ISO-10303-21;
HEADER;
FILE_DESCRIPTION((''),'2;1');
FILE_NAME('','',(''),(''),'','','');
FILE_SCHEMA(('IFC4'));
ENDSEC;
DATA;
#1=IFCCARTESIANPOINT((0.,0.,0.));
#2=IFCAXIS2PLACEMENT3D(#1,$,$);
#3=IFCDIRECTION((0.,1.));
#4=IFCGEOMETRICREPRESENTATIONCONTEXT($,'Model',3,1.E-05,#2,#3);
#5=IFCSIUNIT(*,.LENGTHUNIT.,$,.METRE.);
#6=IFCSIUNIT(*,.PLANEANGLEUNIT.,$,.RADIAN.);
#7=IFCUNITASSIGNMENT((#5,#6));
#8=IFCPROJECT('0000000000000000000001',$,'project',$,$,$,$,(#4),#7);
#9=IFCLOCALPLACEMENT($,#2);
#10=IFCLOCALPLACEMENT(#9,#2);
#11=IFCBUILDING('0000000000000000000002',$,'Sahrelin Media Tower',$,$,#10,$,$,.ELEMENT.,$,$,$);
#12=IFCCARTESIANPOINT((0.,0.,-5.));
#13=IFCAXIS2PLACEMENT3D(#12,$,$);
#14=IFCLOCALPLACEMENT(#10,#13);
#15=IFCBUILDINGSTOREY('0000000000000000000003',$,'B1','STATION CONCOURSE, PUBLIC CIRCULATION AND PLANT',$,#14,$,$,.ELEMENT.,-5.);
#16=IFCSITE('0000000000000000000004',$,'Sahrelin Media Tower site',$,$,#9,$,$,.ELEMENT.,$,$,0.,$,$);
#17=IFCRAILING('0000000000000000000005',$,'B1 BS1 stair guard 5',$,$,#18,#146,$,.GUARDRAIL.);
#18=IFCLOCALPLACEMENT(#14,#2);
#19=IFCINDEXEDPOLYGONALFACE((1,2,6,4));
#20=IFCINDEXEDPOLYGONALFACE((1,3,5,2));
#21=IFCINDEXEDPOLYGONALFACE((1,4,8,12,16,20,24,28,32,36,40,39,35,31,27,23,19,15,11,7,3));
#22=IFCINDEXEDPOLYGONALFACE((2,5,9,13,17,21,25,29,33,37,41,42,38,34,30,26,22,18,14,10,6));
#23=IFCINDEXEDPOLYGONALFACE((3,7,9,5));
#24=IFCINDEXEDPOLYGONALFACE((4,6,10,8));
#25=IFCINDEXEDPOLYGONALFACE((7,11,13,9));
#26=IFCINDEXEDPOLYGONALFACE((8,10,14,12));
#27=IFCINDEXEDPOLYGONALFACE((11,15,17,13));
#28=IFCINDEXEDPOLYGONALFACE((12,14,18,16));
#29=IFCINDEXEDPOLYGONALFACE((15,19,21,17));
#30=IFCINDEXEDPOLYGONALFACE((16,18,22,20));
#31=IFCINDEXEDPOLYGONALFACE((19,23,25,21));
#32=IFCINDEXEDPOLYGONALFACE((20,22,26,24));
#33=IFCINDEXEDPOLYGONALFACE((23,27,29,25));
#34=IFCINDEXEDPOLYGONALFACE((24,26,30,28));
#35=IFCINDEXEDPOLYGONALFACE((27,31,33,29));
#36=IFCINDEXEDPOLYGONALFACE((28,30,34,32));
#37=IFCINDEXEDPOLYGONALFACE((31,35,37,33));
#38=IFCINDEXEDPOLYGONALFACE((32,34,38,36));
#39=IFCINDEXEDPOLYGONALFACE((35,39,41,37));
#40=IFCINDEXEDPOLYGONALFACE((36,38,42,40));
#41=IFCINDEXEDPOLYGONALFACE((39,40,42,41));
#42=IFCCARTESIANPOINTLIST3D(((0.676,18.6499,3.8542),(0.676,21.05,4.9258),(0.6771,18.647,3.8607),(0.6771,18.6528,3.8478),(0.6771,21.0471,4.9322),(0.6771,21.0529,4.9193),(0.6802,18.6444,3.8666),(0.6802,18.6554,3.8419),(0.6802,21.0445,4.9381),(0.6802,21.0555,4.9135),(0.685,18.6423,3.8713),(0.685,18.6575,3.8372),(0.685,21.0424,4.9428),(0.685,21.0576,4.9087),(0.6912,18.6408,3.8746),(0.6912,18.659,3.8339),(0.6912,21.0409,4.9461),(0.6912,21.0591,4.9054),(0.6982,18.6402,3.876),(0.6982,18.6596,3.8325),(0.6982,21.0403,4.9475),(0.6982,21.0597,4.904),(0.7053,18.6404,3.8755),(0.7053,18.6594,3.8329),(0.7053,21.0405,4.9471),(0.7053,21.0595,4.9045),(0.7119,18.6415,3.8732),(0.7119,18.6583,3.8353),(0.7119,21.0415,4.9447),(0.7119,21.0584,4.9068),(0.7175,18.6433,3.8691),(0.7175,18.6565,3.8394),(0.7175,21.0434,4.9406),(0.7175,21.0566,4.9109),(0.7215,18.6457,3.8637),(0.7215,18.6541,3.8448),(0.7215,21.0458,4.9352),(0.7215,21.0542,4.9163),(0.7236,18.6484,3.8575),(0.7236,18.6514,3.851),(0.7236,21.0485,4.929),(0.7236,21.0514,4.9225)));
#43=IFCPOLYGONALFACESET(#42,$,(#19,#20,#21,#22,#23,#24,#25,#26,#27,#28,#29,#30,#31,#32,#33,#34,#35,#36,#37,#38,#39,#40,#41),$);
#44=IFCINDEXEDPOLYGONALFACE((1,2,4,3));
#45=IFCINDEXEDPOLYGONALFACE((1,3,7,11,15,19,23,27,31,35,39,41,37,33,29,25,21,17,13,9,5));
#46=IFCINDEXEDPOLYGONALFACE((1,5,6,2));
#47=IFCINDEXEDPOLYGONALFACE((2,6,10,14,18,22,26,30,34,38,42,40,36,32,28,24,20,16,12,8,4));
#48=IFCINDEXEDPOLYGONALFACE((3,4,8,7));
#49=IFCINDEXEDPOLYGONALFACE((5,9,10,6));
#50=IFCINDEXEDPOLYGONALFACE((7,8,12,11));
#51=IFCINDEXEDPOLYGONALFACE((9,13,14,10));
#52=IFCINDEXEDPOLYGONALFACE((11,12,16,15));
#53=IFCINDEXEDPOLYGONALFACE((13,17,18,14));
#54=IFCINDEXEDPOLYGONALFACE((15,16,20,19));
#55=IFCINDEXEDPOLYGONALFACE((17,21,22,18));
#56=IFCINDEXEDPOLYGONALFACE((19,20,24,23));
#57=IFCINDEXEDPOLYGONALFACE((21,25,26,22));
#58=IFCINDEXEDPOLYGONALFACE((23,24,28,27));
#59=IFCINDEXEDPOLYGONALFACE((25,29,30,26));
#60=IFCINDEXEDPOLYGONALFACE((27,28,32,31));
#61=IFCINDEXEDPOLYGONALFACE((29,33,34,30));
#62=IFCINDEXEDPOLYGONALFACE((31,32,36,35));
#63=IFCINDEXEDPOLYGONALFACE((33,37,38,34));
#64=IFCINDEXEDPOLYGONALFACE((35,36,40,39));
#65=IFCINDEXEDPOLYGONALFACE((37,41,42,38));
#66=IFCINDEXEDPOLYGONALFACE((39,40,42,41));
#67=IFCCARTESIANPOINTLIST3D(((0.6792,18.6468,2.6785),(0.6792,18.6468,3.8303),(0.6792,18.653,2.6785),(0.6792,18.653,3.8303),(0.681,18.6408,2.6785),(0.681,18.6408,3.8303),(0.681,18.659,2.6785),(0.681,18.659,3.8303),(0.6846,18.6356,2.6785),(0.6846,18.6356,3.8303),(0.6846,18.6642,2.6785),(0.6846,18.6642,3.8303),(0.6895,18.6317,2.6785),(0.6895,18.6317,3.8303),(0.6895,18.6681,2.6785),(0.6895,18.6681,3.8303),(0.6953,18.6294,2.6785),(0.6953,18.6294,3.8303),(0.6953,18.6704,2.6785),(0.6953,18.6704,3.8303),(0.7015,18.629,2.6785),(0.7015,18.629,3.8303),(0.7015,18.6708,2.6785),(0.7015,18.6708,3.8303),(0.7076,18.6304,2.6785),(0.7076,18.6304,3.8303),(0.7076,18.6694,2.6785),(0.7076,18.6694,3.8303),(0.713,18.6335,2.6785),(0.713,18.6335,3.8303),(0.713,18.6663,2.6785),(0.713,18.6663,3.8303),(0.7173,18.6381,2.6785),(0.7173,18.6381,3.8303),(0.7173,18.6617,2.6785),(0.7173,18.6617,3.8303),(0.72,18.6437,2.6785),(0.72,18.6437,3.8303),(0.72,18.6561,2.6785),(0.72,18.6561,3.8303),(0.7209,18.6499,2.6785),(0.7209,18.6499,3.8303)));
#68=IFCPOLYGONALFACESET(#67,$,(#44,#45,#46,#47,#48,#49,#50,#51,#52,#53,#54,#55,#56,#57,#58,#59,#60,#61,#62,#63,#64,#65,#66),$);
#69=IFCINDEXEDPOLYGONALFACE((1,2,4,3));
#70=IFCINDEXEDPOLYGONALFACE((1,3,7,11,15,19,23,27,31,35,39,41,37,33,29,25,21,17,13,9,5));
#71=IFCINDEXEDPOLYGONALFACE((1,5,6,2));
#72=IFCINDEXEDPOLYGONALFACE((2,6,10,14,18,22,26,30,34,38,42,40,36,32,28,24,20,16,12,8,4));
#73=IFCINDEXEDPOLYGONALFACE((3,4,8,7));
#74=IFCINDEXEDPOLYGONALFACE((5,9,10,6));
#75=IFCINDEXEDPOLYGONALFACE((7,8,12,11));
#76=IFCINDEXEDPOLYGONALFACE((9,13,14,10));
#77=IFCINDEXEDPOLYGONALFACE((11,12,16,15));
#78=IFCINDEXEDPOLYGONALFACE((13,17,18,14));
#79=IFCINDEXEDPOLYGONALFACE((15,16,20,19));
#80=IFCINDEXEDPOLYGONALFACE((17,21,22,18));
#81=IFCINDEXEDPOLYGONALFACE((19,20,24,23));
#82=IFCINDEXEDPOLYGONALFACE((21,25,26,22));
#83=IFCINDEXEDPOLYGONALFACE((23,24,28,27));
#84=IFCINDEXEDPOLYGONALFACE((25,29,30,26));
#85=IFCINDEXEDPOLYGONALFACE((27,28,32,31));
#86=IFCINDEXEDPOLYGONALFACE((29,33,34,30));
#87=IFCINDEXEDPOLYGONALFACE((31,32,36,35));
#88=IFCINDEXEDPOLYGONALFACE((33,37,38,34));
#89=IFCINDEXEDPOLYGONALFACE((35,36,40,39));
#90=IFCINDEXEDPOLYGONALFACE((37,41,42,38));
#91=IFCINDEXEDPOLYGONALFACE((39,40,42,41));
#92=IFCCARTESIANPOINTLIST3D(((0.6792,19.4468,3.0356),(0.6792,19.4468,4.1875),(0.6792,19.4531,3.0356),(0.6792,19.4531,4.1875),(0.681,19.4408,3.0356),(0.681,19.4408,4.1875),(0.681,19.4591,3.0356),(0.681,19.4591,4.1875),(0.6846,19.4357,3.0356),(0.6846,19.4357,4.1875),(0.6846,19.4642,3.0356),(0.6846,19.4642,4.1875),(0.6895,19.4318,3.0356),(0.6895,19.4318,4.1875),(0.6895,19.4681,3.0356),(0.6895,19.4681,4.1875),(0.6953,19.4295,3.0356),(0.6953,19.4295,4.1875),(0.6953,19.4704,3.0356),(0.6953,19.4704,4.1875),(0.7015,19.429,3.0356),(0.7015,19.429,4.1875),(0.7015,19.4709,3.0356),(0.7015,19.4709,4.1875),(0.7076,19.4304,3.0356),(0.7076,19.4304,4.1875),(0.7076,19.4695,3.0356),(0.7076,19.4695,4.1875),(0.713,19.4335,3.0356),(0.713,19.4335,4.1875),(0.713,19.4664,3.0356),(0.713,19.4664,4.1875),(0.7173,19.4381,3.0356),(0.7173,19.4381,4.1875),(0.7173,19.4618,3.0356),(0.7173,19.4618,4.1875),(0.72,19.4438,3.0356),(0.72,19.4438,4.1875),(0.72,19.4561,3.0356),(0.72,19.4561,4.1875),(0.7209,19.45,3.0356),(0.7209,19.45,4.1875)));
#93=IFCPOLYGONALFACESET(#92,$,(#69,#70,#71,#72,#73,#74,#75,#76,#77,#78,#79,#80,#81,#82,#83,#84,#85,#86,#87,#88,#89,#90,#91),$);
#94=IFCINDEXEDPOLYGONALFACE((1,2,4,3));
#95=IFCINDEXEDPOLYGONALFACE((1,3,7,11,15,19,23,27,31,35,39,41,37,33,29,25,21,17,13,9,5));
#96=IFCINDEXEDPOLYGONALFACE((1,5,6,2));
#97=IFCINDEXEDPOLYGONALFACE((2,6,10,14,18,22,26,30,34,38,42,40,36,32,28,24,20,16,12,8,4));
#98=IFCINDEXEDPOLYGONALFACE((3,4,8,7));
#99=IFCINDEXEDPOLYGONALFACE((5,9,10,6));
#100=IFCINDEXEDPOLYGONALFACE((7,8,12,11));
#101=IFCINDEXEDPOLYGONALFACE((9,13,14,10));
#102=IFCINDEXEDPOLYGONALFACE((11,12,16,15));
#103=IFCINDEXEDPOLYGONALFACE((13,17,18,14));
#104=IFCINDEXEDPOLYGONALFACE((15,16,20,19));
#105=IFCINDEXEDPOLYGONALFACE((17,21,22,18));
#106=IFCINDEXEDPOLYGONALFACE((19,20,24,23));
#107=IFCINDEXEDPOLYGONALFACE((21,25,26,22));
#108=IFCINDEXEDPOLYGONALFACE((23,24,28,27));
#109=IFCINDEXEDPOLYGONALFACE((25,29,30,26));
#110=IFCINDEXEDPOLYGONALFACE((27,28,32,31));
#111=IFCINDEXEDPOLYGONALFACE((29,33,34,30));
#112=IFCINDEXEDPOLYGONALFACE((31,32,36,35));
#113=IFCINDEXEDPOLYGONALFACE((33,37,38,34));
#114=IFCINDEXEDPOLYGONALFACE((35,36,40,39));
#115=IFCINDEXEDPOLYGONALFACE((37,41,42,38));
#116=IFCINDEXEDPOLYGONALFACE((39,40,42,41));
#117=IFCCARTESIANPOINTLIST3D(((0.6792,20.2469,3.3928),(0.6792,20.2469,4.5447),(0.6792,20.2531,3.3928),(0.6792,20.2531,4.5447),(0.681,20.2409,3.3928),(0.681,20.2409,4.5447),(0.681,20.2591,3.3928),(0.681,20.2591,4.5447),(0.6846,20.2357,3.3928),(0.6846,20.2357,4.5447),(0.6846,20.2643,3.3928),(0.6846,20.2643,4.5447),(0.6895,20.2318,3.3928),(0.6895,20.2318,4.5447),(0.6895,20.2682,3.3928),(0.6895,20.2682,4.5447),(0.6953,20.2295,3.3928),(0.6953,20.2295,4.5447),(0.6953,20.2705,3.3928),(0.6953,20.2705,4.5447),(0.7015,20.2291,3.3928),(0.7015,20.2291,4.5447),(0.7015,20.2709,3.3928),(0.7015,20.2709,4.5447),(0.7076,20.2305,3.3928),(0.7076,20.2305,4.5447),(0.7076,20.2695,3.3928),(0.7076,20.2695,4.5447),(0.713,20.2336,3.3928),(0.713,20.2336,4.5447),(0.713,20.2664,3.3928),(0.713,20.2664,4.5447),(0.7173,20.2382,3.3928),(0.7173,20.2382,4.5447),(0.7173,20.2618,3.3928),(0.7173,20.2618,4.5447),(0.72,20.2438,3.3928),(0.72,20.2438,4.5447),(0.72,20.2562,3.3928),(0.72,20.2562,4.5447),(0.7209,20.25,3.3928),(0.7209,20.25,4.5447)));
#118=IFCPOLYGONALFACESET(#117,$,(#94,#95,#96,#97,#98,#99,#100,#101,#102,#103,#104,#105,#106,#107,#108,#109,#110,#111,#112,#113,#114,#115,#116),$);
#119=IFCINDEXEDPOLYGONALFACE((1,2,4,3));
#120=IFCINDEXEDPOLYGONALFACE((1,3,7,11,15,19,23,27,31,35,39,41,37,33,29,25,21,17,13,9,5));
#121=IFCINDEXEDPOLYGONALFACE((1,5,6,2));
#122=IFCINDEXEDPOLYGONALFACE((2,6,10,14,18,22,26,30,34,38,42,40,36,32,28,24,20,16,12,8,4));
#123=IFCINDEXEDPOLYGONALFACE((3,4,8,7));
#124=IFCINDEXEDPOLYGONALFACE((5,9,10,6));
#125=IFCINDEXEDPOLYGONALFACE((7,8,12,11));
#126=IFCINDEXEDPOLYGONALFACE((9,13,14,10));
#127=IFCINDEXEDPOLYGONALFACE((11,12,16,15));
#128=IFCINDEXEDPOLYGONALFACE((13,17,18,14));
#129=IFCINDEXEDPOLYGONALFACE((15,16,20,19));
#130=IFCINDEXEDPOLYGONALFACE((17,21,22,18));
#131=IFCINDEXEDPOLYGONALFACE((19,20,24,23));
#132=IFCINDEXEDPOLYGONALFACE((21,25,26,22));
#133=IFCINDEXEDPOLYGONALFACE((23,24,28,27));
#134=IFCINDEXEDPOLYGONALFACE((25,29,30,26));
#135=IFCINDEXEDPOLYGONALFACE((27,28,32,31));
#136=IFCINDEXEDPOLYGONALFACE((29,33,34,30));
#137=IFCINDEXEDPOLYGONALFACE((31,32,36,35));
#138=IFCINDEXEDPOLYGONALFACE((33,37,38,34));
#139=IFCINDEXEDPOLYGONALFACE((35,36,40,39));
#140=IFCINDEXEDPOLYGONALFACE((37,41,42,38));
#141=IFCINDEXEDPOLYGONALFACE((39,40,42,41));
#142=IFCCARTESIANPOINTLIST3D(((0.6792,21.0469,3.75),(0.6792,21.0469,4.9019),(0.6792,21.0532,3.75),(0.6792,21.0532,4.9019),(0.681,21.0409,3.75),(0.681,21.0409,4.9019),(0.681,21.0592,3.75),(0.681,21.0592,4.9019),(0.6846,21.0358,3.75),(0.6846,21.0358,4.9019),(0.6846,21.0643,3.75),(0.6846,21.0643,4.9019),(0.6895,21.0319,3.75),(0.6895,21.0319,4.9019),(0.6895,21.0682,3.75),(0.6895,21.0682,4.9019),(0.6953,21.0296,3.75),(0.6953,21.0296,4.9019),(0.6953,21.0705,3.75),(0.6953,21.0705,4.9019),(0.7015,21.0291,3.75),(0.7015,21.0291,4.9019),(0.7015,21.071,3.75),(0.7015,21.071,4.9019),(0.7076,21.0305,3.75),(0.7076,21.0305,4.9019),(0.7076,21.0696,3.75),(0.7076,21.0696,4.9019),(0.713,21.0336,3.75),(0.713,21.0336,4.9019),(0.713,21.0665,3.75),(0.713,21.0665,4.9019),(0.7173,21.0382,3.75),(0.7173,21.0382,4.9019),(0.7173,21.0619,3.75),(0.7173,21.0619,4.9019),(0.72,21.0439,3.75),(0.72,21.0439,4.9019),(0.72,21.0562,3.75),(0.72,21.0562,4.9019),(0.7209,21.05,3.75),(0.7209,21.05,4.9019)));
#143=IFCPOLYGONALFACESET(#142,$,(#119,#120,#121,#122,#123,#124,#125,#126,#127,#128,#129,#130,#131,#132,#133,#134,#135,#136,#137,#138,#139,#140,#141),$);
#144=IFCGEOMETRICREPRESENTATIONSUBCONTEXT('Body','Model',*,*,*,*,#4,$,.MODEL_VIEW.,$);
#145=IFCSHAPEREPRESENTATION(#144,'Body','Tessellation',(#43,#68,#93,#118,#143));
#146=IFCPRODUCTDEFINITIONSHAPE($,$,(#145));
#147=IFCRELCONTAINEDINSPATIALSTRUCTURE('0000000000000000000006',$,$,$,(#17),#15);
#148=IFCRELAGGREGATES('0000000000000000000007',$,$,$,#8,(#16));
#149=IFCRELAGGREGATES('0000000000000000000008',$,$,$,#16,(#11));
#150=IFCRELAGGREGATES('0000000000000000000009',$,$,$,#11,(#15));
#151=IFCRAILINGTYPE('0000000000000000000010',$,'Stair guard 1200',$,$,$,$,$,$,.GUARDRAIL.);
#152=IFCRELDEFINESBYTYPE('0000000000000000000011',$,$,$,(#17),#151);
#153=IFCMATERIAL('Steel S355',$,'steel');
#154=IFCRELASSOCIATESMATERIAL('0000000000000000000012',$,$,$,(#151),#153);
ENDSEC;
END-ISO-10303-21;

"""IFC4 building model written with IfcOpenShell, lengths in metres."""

from ifc_helpers import new_model, si_unit, direction, frame, origin, origin_2d, place, context, subcontext, project, spatial, circle, extrude, material, type_object, element, save


model = new_model("IFC4")

# Units and contexts
model_context = context("Model", 3, precision=1e-05, world=origin(), true_north=direction((0.0, 1.0)))
body_context = subcontext(model_context, "Body", "Model", "MODEL_VIEW")
ifc_project = project(units=[si_unit("LENGTHUNIT", "METRE"), si_unit("PLANEANGLEUNIT", "RADIAN")], contexts=[model_context])

# Site, building, storey
site_placement = place(None, origin())
site = spatial("IfcSite", under=ifc_project, at=site_placement, Name="Sahrelin Media Tower site", CompositionType="ELEMENT", RefElevation=0.0)
building_placement = place(site_placement, origin())
building = spatial("IfcBuilding", under=site, at=building_placement, Name="Sahrelin Media Tower", CompositionType="ELEMENT")
storey_placement = place(building_placement, frame((0.0, 0.0, -5.0)))
storey = spatial("IfcBuildingStorey", under=building, at=storey_placement, Name="B1", Description="STATION CONCOURSE, PUBLIC CIRCULATION AND PLANT", CompositionType="ELEMENT", Elevation=-5.0)

# Railing
ifc_material_1 = material(Name="Steel S355", Category="steel")
railing_type_1 = type_object("IfcRailingType", Name="Stair guard 1200", PredefinedType="GUARDRAIL", material=ifc_material_1)
railing_1_placement = place(storey_placement, frame((0.7, 18.6499, 2.6785)))
element("IfcRailing", 1, at=railing_1_placement, inside=storey, type_object=railing_type_1, Name="B1 BS1 stair guard 5", PredefinedType="GUARDRAIL", context=body_context, shape_type="SweptSolid", body=[
    extrude(circle(Radius=0.0239, at=origin_2d()), frame((0.0, 0.0, 1.1758), z_axis=(0.0, 0.913132, 0.407663), x_axis=(-1.0, 0.0, 0.0)), (0.0, 0.0, 1.0), 2.6284),
    extrude(circle(Radius=0.021, at=origin_2d()), origin(), (0.0, 0.0, 1.0), 1.1519),
    extrude(circle(Radius=0.021, at=origin_2d()), frame((0.0, 0.8, 0.3572)), (0.0, 0.0, 1.0), 1.1519),
    extrude(circle(Radius=0.021, at=origin_2d()), frame((0.0, 1.6001, 0.7144)), (0.0, 0.0, 1.0), 1.1519),
    extrude(circle(Radius=0.021, at=origin_2d()), frame((0.0, 2.4001, 1.0715)), (0.0, 0.0, 1.0), 1.1519),
])

save(model, "model.ifc")
